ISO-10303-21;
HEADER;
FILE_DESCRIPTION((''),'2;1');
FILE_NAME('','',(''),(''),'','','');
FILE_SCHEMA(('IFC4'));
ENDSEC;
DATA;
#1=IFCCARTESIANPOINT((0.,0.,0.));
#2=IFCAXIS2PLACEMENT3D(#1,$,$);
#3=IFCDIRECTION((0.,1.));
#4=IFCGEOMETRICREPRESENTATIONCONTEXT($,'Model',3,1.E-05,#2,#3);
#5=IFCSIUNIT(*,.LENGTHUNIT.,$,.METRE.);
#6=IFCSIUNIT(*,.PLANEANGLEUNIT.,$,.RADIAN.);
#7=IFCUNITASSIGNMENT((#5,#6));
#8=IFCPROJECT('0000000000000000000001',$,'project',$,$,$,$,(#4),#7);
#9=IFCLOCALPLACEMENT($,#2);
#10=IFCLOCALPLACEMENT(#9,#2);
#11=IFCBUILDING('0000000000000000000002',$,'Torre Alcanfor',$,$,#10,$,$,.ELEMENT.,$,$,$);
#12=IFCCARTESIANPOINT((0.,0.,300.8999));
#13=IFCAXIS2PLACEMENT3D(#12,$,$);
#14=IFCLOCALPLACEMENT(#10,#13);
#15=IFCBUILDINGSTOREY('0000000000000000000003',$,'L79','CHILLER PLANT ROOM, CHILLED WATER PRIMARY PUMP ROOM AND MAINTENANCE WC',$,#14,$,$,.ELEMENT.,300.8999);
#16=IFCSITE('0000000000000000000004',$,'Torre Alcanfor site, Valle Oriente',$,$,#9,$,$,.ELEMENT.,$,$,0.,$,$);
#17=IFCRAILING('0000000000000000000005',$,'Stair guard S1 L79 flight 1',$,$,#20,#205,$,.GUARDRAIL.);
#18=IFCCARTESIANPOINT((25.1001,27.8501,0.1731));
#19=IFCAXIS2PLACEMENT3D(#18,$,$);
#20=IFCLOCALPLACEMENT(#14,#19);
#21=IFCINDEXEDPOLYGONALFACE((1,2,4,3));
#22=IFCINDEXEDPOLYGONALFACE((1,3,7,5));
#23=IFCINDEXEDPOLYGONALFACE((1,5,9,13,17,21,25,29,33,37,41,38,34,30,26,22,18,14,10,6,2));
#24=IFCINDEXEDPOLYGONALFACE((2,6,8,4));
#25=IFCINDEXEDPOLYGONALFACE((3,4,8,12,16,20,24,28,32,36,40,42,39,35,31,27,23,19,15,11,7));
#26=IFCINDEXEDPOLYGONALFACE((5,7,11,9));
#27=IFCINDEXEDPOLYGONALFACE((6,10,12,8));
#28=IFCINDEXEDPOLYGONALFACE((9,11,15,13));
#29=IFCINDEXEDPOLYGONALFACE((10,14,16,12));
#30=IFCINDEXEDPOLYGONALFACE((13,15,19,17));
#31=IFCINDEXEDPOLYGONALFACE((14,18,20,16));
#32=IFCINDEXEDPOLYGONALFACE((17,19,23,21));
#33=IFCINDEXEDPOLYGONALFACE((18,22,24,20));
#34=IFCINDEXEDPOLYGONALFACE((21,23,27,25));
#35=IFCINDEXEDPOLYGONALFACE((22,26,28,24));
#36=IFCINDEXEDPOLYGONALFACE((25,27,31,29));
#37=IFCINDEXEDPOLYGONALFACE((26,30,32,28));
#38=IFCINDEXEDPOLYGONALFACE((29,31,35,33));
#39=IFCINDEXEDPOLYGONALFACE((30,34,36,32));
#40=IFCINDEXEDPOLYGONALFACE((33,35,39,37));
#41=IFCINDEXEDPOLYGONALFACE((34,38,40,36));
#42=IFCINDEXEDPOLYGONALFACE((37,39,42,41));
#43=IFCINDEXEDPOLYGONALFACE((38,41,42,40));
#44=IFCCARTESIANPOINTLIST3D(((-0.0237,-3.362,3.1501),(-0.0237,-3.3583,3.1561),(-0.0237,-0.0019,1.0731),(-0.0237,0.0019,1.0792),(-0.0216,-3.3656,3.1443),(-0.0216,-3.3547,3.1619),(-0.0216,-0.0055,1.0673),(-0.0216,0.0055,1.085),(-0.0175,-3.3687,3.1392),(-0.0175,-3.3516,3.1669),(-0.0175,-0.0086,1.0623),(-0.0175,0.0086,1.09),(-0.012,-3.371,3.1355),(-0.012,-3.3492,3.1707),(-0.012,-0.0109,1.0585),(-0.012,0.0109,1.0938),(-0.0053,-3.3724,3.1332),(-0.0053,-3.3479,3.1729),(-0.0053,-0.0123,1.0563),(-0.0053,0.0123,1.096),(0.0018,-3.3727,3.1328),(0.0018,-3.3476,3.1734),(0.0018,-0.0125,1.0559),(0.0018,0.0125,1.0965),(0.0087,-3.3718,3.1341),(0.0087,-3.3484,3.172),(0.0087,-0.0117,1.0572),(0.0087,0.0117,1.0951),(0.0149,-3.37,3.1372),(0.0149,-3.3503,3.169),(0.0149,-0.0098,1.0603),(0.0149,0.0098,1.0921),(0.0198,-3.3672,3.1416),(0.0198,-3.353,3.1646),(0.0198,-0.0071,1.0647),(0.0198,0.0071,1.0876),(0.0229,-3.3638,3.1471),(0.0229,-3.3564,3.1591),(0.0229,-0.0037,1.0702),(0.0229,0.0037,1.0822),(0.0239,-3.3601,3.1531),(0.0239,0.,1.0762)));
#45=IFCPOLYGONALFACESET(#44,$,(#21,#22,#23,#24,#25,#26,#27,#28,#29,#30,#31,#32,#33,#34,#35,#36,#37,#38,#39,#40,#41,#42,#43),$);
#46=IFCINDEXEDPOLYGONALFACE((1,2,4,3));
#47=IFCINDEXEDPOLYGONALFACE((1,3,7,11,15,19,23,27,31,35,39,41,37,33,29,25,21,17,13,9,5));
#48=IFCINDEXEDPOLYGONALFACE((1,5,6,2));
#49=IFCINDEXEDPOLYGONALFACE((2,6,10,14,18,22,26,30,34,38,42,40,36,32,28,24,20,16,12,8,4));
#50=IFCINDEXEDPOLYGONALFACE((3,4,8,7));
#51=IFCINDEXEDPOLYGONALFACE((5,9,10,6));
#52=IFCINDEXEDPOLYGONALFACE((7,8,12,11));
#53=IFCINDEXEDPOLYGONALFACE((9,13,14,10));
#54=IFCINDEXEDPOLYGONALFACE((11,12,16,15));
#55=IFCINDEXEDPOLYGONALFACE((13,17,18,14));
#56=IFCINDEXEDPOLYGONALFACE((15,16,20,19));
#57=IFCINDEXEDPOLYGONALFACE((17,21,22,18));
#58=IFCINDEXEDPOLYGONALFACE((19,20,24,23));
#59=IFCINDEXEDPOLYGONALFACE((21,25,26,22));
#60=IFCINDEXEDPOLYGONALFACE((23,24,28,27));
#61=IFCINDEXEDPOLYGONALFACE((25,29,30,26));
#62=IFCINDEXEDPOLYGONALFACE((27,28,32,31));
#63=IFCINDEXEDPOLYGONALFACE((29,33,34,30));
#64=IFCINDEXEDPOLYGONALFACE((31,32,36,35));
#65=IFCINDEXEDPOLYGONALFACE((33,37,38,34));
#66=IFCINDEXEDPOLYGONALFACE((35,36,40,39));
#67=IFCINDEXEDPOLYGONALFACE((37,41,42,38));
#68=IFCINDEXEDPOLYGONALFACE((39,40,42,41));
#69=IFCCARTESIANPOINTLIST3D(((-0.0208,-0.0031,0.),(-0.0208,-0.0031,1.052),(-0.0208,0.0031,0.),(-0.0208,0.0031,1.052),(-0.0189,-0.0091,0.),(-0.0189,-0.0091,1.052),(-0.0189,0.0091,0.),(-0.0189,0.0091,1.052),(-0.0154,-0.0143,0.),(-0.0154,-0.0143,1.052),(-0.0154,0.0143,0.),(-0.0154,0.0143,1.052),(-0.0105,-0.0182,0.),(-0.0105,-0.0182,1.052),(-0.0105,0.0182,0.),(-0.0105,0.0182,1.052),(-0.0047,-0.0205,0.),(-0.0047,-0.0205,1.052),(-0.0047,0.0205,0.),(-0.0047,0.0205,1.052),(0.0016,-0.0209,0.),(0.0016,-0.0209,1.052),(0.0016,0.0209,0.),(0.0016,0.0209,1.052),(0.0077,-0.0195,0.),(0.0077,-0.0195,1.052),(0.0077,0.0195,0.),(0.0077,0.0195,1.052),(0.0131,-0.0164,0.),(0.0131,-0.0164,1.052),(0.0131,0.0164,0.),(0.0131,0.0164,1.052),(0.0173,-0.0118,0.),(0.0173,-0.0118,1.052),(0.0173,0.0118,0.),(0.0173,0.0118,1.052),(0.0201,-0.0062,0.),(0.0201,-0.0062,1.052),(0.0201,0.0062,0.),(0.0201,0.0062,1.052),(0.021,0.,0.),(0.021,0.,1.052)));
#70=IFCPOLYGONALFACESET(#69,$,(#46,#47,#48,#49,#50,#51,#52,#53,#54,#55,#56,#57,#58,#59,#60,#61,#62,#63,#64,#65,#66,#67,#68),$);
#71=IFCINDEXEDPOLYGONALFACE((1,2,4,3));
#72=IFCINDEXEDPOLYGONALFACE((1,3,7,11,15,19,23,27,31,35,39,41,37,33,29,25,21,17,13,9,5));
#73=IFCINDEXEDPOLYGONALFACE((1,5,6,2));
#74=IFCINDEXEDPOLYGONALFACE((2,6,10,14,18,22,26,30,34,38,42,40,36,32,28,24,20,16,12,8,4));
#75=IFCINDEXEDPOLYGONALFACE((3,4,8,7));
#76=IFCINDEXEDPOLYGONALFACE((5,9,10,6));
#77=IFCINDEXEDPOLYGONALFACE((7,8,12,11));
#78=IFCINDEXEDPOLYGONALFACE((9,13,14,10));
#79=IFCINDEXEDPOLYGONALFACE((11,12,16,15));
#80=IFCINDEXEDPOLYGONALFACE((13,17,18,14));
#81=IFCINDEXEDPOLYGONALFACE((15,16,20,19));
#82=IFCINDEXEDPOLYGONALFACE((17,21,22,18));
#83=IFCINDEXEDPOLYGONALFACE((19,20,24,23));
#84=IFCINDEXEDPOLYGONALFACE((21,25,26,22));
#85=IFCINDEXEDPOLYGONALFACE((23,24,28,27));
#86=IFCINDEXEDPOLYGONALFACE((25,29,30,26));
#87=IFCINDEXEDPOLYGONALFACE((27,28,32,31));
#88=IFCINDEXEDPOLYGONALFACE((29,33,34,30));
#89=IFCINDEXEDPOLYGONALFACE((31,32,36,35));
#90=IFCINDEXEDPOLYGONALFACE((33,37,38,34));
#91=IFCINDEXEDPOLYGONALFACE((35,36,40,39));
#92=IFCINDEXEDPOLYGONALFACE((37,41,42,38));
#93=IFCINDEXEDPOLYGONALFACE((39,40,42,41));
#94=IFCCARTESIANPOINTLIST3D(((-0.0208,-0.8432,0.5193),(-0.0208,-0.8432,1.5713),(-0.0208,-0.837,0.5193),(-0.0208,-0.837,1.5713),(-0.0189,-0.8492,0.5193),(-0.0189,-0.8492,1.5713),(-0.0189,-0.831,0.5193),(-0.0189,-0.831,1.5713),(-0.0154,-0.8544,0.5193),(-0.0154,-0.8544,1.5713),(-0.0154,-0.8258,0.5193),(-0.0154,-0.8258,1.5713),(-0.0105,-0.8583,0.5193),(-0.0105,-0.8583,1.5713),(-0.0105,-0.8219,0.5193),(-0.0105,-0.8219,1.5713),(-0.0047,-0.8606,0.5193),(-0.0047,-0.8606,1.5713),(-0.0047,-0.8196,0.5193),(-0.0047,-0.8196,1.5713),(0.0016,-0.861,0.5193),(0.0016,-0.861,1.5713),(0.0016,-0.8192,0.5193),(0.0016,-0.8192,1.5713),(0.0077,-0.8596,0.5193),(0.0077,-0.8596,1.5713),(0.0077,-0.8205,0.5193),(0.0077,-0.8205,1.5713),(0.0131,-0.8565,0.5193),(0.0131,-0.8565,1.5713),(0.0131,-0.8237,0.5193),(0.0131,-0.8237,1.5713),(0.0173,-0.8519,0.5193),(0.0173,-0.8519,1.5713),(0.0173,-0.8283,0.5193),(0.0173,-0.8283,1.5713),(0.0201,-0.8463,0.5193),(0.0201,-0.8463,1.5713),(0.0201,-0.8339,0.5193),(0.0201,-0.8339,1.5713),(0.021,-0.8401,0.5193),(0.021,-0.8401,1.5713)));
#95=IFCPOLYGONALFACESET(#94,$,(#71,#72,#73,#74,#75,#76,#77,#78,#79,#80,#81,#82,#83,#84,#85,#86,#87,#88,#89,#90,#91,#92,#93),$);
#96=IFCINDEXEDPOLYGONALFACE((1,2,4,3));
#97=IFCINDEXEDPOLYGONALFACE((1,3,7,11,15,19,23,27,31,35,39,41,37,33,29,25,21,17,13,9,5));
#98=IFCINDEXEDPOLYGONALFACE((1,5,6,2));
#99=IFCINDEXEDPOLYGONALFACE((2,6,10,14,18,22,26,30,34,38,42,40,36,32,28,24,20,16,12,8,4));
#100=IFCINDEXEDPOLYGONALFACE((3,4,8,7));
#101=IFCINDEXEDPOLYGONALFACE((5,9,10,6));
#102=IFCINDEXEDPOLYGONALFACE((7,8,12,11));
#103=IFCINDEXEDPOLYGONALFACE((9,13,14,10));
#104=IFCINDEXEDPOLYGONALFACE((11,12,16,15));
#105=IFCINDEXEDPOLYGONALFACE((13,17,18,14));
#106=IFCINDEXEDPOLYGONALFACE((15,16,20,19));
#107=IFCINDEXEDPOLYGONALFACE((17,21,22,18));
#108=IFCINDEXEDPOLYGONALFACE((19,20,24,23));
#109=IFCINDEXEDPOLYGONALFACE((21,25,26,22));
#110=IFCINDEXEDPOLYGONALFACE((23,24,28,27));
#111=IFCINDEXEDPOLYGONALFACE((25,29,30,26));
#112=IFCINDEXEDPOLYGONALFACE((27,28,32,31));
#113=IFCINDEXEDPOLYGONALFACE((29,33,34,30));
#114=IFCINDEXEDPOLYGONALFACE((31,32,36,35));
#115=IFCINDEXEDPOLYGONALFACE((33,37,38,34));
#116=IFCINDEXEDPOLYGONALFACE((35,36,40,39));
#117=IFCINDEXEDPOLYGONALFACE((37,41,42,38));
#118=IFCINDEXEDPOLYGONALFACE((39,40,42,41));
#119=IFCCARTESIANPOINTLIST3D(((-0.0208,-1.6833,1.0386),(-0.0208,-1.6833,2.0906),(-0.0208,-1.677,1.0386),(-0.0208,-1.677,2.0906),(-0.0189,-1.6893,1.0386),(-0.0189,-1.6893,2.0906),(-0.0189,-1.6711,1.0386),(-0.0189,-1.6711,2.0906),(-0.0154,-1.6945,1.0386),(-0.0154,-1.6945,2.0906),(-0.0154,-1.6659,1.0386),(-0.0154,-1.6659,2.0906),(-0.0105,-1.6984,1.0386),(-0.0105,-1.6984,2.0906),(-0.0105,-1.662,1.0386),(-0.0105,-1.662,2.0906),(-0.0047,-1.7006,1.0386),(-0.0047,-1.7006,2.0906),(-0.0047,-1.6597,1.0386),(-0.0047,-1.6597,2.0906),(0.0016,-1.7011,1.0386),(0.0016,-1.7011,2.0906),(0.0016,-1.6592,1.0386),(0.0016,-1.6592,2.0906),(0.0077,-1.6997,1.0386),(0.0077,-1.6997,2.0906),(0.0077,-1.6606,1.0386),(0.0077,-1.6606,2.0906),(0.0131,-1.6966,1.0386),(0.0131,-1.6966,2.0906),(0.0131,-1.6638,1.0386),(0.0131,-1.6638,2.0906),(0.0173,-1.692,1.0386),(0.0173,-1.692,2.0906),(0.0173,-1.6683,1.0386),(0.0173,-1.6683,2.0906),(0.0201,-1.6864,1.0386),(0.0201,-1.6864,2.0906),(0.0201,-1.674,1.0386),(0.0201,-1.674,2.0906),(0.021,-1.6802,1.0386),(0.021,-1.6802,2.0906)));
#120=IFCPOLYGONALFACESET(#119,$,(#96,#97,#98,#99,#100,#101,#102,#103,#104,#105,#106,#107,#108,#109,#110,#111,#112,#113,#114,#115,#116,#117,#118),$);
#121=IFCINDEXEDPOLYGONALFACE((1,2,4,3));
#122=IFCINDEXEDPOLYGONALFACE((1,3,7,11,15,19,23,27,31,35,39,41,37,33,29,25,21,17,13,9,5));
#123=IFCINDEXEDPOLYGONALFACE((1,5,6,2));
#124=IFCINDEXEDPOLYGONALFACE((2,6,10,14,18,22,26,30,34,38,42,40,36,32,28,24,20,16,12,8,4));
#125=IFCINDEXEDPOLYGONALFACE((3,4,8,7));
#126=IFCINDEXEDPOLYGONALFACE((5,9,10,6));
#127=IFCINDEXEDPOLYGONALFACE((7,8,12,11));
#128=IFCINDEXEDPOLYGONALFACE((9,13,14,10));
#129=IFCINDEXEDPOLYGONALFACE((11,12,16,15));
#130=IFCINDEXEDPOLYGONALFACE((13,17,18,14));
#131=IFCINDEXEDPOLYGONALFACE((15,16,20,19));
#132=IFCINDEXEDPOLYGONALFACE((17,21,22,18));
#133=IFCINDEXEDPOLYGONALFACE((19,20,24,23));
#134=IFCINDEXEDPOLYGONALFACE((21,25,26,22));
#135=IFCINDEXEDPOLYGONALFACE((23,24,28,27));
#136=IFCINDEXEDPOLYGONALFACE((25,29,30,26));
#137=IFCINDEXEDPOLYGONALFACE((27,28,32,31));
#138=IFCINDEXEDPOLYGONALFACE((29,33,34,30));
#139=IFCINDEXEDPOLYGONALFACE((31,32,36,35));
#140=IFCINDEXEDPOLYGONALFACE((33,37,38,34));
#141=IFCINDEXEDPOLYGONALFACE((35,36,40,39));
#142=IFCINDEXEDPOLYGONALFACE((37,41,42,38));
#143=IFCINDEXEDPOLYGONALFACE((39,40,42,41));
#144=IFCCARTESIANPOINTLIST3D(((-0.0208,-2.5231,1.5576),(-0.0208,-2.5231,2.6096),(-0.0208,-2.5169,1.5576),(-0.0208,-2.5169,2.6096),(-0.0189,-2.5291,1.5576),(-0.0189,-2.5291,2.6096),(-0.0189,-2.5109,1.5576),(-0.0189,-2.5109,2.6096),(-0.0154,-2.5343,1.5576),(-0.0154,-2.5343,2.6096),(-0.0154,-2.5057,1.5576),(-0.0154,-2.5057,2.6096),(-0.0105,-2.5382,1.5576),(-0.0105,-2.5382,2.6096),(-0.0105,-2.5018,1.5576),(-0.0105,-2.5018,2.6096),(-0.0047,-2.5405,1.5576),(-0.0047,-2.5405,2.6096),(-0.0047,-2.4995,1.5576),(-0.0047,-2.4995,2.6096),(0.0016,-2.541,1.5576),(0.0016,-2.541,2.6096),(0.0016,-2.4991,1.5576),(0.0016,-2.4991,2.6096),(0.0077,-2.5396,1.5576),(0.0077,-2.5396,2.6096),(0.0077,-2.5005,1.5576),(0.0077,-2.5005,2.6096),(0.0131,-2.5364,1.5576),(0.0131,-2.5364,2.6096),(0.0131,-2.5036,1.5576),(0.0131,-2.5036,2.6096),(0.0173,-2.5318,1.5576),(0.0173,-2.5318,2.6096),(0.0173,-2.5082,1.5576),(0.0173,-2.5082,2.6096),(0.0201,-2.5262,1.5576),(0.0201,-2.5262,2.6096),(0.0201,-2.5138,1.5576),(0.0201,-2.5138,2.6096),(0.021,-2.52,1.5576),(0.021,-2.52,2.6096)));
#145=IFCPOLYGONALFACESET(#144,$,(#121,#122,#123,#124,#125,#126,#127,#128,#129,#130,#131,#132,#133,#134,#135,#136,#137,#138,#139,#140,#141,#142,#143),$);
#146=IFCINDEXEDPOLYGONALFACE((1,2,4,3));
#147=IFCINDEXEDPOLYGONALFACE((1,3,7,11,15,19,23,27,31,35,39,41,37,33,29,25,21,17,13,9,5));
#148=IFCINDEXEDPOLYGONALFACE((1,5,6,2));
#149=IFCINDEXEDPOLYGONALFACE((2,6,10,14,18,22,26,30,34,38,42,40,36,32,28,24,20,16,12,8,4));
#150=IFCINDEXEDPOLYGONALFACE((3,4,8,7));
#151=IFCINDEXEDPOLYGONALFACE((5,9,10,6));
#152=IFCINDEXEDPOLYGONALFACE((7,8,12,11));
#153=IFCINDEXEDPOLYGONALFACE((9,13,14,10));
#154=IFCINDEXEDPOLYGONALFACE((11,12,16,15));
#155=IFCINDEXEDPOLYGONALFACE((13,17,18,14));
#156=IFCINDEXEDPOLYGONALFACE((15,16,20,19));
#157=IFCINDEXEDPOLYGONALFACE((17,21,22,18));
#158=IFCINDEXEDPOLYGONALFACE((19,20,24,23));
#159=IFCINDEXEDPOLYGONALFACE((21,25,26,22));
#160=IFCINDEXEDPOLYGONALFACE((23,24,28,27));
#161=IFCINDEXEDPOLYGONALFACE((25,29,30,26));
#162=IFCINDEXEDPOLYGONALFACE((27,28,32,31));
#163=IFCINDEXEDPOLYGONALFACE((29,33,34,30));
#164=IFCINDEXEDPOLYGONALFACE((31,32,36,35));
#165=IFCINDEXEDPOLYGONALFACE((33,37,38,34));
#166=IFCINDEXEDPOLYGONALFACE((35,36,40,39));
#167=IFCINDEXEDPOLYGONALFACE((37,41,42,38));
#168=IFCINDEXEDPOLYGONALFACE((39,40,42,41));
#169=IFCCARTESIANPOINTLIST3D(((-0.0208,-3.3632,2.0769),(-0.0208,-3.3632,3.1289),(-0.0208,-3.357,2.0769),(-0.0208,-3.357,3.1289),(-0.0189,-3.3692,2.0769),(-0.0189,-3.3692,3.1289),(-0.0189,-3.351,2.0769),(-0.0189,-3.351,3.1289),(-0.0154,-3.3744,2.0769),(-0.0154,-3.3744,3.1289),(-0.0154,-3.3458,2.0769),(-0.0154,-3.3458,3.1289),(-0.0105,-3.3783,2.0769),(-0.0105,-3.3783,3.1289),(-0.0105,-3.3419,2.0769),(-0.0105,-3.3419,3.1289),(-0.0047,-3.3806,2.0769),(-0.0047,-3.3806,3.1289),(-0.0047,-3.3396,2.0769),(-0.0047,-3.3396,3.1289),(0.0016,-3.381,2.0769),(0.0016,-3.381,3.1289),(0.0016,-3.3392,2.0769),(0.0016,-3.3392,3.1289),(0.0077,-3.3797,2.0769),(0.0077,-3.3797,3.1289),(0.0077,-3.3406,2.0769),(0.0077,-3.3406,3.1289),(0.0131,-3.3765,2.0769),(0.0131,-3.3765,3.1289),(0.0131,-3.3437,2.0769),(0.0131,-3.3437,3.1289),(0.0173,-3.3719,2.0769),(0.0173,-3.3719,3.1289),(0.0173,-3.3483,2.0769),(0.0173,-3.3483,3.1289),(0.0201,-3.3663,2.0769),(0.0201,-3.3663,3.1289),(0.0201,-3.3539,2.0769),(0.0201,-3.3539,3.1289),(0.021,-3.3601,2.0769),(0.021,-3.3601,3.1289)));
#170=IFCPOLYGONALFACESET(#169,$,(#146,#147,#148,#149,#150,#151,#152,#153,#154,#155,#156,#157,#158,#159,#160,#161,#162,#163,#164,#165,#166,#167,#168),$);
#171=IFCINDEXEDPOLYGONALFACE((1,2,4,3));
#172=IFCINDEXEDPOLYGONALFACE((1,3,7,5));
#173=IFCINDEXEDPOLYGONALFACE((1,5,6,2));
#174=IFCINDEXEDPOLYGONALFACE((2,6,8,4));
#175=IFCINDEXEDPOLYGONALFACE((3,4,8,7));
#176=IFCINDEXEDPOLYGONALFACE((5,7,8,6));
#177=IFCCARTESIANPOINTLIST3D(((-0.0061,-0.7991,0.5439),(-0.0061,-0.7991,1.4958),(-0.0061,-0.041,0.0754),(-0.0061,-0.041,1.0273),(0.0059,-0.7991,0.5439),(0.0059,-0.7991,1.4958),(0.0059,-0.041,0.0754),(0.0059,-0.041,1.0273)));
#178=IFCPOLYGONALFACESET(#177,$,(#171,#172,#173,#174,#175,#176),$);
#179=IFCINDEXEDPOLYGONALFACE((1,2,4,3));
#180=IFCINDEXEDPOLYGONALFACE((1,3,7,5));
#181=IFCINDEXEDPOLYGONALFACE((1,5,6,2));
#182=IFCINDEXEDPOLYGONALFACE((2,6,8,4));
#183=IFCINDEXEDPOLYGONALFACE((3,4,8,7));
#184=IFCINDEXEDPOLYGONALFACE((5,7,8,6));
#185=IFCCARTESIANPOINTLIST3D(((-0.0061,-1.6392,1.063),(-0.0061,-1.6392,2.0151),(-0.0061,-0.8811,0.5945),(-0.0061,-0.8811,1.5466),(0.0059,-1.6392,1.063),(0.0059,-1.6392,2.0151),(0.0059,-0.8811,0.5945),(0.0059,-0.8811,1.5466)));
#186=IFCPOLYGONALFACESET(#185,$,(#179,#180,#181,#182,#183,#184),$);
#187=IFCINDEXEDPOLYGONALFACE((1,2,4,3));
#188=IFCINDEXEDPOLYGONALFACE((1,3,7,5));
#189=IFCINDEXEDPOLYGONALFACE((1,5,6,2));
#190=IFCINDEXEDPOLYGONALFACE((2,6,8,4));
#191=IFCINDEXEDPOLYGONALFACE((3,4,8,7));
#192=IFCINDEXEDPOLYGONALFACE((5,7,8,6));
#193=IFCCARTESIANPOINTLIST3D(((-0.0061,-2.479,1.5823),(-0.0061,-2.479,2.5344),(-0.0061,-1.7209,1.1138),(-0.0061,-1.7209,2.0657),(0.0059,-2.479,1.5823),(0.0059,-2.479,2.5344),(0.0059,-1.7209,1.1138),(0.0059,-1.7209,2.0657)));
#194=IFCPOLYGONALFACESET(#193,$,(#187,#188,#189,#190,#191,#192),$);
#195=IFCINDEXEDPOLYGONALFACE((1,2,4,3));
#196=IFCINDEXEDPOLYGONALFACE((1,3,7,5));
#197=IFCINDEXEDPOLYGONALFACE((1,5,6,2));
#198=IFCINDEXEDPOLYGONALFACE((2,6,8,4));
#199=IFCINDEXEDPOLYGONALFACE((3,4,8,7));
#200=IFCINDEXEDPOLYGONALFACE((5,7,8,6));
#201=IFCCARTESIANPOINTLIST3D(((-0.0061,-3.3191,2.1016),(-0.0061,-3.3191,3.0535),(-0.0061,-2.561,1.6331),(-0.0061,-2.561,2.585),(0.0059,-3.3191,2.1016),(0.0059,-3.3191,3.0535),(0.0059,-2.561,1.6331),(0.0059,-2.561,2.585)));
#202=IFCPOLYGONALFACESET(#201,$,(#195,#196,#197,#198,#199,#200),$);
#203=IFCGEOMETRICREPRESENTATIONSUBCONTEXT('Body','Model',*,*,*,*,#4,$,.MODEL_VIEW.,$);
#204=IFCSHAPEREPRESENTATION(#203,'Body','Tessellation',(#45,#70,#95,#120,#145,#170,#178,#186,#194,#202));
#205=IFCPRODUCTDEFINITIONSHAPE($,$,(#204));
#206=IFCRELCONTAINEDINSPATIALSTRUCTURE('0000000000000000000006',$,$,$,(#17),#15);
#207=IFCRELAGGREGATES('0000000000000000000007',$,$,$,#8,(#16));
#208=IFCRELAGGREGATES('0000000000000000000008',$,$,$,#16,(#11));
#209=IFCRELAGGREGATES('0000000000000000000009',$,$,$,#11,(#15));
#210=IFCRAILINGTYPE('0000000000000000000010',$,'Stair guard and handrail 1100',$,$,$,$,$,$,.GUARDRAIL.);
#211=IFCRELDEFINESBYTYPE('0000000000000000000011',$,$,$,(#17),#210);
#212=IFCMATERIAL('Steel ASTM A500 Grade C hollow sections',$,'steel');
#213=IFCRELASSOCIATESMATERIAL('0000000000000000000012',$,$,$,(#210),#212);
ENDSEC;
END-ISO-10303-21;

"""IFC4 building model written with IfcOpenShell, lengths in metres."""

from ifc_helpers import new_model, si_unit, direction, frame, origin, origin_2d, place, context, subcontext, project, spatial, polyline, circle, outline, extrude, material, type_object, element, save


model = new_model("IFC4")

# Units and contexts
model_context = context("Model", 3, precision=1e-05, world=origin(), true_north=direction((0.0, 1.0)))
body_context = subcontext(model_context, "Body", "Model", "MODEL_VIEW")
ifc_project = project(units=[si_unit("LENGTHUNIT", "METRE"), si_unit("PLANEANGLEUNIT", "RADIAN")], contexts=[model_context])

# Site, building, storey
site_placement = place(None, origin())
site = spatial("IfcSite", under=ifc_project, at=site_placement, Name="Torre Alcanfor site, Valle Oriente", CompositionType="ELEMENT", RefElevation=0.0)
building_placement = place(site_placement, origin())
building = spatial("IfcBuilding", under=site, at=building_placement, Name="Torre Alcanfor", CompositionType="ELEMENT")
storey_placement = place(building_placement, frame((0.0, 0.0, 300.8999)))
storey = spatial("IfcBuildingStorey", under=building, at=storey_placement, Name="L79", Description="CHILLER PLANT ROOM, CHILLED WATER PRIMARY PUMP ROOM AND MAINTENANCE WC", CompositionType="ELEMENT", Elevation=300.8999)

# Railing
ifc_material_1 = material(Name="Steel ASTM A500 Grade C hollow sections", Category="steel")
railing_type_1 = type_object("IfcRailingType", Name="Stair guard and handrail 1100", PredefinedType="GUARDRAIL", material=ifc_material_1)
railing_1_placement = place(storey_placement, frame((25.1001, 27.8501, 0.1731)))
element("IfcRailing", 1, at=railing_1_placement, inside=storey, type_object=railing_type_1, Name="Stair guard S1 L79 flight 1", PredefinedType="GUARDRAIL", context=body_context, shape_type="SweptSolid", body=[
    extrude(circle(Radius=0.0239, at=origin_2d()), frame((0.0, 0.0, 1.0762), z_axis=(0.0, -0.850623, 0.525776), x_axis=(1.0, 0.0, 0.0)), (0.0, 0.0, 1.0), 3.9502),
    extrude(circle(Radius=0.021, at=origin_2d()), origin(), (0.0, 0.0, 1.0), 1.052),
    extrude(circle(Radius=0.021, at=origin_2d()), frame((0.0, -0.8401, 0.5193)), (0.0, 0.0, 1.0), 1.052),
    extrude(circle(Radius=0.021, at=origin_2d()), frame((0.0, -1.6802, 1.0386)), (0.0, 0.0, 1.0), 1.052),
    extrude(circle(Radius=0.021, at=origin_2d()), frame((0.0, -2.52, 1.5576)), (0.0, 0.0, 1.0), 1.052),
    extrude(circle(Radius=0.021, at=origin_2d()), frame((0.0, -3.3601, 2.0769)), (0.0, 0.0, 1.0), 1.052),
    extrude(outline(polyline([(0.041, 0.0754), (0.7991, 0.5439), (0.7991, 1.4958), (0.041, 1.0273), (0.041, 0.0754)])), frame((0.0059, 0.0, 0.0), z_axis=(-1.0, 0.0, 0.0), x_axis=(0.0, -1.0, 0.0)), (0.0, 0.0, 1.0), 0.012),
    extrude(outline(polyline([(0.8811, 0.5945), (1.6392, 1.063), (1.6392, 2.0151), (0.8811, 1.5466), (0.8811, 0.5945)])), frame((0.0059, 0.0, 0.0), z_axis=(-1.0, 0.0, 0.0), x_axis=(0.0, -1.0, 0.0)), (0.0, 0.0, 1.0), 0.012),
    extrude(outline(polyline([(1.7209, 1.1138), (2.479, 1.5823), (2.479, 2.5344), (1.7209, 2.0657), (1.7209, 1.1138)])), frame((0.0059, 0.0, 0.0), z_axis=(-1.0, 0.0, 0.0), x_axis=(0.0, -1.0, 0.0)), (0.0, 0.0, 1.0), 0.012),
    extrude(outline(polyline([(2.561, 1.6331), (3.3191, 2.1016), (3.3191, 3.0535), (2.561, 2.585), (2.561, 1.6331)])), frame((0.0059, 0.0, 0.0), z_axis=(-1.0, 0.0, 0.0), x_axis=(0.0, -1.0, 0.0)), (0.0, 0.0, 1.0), 0.012),
])

save(model, "model.ifc")
